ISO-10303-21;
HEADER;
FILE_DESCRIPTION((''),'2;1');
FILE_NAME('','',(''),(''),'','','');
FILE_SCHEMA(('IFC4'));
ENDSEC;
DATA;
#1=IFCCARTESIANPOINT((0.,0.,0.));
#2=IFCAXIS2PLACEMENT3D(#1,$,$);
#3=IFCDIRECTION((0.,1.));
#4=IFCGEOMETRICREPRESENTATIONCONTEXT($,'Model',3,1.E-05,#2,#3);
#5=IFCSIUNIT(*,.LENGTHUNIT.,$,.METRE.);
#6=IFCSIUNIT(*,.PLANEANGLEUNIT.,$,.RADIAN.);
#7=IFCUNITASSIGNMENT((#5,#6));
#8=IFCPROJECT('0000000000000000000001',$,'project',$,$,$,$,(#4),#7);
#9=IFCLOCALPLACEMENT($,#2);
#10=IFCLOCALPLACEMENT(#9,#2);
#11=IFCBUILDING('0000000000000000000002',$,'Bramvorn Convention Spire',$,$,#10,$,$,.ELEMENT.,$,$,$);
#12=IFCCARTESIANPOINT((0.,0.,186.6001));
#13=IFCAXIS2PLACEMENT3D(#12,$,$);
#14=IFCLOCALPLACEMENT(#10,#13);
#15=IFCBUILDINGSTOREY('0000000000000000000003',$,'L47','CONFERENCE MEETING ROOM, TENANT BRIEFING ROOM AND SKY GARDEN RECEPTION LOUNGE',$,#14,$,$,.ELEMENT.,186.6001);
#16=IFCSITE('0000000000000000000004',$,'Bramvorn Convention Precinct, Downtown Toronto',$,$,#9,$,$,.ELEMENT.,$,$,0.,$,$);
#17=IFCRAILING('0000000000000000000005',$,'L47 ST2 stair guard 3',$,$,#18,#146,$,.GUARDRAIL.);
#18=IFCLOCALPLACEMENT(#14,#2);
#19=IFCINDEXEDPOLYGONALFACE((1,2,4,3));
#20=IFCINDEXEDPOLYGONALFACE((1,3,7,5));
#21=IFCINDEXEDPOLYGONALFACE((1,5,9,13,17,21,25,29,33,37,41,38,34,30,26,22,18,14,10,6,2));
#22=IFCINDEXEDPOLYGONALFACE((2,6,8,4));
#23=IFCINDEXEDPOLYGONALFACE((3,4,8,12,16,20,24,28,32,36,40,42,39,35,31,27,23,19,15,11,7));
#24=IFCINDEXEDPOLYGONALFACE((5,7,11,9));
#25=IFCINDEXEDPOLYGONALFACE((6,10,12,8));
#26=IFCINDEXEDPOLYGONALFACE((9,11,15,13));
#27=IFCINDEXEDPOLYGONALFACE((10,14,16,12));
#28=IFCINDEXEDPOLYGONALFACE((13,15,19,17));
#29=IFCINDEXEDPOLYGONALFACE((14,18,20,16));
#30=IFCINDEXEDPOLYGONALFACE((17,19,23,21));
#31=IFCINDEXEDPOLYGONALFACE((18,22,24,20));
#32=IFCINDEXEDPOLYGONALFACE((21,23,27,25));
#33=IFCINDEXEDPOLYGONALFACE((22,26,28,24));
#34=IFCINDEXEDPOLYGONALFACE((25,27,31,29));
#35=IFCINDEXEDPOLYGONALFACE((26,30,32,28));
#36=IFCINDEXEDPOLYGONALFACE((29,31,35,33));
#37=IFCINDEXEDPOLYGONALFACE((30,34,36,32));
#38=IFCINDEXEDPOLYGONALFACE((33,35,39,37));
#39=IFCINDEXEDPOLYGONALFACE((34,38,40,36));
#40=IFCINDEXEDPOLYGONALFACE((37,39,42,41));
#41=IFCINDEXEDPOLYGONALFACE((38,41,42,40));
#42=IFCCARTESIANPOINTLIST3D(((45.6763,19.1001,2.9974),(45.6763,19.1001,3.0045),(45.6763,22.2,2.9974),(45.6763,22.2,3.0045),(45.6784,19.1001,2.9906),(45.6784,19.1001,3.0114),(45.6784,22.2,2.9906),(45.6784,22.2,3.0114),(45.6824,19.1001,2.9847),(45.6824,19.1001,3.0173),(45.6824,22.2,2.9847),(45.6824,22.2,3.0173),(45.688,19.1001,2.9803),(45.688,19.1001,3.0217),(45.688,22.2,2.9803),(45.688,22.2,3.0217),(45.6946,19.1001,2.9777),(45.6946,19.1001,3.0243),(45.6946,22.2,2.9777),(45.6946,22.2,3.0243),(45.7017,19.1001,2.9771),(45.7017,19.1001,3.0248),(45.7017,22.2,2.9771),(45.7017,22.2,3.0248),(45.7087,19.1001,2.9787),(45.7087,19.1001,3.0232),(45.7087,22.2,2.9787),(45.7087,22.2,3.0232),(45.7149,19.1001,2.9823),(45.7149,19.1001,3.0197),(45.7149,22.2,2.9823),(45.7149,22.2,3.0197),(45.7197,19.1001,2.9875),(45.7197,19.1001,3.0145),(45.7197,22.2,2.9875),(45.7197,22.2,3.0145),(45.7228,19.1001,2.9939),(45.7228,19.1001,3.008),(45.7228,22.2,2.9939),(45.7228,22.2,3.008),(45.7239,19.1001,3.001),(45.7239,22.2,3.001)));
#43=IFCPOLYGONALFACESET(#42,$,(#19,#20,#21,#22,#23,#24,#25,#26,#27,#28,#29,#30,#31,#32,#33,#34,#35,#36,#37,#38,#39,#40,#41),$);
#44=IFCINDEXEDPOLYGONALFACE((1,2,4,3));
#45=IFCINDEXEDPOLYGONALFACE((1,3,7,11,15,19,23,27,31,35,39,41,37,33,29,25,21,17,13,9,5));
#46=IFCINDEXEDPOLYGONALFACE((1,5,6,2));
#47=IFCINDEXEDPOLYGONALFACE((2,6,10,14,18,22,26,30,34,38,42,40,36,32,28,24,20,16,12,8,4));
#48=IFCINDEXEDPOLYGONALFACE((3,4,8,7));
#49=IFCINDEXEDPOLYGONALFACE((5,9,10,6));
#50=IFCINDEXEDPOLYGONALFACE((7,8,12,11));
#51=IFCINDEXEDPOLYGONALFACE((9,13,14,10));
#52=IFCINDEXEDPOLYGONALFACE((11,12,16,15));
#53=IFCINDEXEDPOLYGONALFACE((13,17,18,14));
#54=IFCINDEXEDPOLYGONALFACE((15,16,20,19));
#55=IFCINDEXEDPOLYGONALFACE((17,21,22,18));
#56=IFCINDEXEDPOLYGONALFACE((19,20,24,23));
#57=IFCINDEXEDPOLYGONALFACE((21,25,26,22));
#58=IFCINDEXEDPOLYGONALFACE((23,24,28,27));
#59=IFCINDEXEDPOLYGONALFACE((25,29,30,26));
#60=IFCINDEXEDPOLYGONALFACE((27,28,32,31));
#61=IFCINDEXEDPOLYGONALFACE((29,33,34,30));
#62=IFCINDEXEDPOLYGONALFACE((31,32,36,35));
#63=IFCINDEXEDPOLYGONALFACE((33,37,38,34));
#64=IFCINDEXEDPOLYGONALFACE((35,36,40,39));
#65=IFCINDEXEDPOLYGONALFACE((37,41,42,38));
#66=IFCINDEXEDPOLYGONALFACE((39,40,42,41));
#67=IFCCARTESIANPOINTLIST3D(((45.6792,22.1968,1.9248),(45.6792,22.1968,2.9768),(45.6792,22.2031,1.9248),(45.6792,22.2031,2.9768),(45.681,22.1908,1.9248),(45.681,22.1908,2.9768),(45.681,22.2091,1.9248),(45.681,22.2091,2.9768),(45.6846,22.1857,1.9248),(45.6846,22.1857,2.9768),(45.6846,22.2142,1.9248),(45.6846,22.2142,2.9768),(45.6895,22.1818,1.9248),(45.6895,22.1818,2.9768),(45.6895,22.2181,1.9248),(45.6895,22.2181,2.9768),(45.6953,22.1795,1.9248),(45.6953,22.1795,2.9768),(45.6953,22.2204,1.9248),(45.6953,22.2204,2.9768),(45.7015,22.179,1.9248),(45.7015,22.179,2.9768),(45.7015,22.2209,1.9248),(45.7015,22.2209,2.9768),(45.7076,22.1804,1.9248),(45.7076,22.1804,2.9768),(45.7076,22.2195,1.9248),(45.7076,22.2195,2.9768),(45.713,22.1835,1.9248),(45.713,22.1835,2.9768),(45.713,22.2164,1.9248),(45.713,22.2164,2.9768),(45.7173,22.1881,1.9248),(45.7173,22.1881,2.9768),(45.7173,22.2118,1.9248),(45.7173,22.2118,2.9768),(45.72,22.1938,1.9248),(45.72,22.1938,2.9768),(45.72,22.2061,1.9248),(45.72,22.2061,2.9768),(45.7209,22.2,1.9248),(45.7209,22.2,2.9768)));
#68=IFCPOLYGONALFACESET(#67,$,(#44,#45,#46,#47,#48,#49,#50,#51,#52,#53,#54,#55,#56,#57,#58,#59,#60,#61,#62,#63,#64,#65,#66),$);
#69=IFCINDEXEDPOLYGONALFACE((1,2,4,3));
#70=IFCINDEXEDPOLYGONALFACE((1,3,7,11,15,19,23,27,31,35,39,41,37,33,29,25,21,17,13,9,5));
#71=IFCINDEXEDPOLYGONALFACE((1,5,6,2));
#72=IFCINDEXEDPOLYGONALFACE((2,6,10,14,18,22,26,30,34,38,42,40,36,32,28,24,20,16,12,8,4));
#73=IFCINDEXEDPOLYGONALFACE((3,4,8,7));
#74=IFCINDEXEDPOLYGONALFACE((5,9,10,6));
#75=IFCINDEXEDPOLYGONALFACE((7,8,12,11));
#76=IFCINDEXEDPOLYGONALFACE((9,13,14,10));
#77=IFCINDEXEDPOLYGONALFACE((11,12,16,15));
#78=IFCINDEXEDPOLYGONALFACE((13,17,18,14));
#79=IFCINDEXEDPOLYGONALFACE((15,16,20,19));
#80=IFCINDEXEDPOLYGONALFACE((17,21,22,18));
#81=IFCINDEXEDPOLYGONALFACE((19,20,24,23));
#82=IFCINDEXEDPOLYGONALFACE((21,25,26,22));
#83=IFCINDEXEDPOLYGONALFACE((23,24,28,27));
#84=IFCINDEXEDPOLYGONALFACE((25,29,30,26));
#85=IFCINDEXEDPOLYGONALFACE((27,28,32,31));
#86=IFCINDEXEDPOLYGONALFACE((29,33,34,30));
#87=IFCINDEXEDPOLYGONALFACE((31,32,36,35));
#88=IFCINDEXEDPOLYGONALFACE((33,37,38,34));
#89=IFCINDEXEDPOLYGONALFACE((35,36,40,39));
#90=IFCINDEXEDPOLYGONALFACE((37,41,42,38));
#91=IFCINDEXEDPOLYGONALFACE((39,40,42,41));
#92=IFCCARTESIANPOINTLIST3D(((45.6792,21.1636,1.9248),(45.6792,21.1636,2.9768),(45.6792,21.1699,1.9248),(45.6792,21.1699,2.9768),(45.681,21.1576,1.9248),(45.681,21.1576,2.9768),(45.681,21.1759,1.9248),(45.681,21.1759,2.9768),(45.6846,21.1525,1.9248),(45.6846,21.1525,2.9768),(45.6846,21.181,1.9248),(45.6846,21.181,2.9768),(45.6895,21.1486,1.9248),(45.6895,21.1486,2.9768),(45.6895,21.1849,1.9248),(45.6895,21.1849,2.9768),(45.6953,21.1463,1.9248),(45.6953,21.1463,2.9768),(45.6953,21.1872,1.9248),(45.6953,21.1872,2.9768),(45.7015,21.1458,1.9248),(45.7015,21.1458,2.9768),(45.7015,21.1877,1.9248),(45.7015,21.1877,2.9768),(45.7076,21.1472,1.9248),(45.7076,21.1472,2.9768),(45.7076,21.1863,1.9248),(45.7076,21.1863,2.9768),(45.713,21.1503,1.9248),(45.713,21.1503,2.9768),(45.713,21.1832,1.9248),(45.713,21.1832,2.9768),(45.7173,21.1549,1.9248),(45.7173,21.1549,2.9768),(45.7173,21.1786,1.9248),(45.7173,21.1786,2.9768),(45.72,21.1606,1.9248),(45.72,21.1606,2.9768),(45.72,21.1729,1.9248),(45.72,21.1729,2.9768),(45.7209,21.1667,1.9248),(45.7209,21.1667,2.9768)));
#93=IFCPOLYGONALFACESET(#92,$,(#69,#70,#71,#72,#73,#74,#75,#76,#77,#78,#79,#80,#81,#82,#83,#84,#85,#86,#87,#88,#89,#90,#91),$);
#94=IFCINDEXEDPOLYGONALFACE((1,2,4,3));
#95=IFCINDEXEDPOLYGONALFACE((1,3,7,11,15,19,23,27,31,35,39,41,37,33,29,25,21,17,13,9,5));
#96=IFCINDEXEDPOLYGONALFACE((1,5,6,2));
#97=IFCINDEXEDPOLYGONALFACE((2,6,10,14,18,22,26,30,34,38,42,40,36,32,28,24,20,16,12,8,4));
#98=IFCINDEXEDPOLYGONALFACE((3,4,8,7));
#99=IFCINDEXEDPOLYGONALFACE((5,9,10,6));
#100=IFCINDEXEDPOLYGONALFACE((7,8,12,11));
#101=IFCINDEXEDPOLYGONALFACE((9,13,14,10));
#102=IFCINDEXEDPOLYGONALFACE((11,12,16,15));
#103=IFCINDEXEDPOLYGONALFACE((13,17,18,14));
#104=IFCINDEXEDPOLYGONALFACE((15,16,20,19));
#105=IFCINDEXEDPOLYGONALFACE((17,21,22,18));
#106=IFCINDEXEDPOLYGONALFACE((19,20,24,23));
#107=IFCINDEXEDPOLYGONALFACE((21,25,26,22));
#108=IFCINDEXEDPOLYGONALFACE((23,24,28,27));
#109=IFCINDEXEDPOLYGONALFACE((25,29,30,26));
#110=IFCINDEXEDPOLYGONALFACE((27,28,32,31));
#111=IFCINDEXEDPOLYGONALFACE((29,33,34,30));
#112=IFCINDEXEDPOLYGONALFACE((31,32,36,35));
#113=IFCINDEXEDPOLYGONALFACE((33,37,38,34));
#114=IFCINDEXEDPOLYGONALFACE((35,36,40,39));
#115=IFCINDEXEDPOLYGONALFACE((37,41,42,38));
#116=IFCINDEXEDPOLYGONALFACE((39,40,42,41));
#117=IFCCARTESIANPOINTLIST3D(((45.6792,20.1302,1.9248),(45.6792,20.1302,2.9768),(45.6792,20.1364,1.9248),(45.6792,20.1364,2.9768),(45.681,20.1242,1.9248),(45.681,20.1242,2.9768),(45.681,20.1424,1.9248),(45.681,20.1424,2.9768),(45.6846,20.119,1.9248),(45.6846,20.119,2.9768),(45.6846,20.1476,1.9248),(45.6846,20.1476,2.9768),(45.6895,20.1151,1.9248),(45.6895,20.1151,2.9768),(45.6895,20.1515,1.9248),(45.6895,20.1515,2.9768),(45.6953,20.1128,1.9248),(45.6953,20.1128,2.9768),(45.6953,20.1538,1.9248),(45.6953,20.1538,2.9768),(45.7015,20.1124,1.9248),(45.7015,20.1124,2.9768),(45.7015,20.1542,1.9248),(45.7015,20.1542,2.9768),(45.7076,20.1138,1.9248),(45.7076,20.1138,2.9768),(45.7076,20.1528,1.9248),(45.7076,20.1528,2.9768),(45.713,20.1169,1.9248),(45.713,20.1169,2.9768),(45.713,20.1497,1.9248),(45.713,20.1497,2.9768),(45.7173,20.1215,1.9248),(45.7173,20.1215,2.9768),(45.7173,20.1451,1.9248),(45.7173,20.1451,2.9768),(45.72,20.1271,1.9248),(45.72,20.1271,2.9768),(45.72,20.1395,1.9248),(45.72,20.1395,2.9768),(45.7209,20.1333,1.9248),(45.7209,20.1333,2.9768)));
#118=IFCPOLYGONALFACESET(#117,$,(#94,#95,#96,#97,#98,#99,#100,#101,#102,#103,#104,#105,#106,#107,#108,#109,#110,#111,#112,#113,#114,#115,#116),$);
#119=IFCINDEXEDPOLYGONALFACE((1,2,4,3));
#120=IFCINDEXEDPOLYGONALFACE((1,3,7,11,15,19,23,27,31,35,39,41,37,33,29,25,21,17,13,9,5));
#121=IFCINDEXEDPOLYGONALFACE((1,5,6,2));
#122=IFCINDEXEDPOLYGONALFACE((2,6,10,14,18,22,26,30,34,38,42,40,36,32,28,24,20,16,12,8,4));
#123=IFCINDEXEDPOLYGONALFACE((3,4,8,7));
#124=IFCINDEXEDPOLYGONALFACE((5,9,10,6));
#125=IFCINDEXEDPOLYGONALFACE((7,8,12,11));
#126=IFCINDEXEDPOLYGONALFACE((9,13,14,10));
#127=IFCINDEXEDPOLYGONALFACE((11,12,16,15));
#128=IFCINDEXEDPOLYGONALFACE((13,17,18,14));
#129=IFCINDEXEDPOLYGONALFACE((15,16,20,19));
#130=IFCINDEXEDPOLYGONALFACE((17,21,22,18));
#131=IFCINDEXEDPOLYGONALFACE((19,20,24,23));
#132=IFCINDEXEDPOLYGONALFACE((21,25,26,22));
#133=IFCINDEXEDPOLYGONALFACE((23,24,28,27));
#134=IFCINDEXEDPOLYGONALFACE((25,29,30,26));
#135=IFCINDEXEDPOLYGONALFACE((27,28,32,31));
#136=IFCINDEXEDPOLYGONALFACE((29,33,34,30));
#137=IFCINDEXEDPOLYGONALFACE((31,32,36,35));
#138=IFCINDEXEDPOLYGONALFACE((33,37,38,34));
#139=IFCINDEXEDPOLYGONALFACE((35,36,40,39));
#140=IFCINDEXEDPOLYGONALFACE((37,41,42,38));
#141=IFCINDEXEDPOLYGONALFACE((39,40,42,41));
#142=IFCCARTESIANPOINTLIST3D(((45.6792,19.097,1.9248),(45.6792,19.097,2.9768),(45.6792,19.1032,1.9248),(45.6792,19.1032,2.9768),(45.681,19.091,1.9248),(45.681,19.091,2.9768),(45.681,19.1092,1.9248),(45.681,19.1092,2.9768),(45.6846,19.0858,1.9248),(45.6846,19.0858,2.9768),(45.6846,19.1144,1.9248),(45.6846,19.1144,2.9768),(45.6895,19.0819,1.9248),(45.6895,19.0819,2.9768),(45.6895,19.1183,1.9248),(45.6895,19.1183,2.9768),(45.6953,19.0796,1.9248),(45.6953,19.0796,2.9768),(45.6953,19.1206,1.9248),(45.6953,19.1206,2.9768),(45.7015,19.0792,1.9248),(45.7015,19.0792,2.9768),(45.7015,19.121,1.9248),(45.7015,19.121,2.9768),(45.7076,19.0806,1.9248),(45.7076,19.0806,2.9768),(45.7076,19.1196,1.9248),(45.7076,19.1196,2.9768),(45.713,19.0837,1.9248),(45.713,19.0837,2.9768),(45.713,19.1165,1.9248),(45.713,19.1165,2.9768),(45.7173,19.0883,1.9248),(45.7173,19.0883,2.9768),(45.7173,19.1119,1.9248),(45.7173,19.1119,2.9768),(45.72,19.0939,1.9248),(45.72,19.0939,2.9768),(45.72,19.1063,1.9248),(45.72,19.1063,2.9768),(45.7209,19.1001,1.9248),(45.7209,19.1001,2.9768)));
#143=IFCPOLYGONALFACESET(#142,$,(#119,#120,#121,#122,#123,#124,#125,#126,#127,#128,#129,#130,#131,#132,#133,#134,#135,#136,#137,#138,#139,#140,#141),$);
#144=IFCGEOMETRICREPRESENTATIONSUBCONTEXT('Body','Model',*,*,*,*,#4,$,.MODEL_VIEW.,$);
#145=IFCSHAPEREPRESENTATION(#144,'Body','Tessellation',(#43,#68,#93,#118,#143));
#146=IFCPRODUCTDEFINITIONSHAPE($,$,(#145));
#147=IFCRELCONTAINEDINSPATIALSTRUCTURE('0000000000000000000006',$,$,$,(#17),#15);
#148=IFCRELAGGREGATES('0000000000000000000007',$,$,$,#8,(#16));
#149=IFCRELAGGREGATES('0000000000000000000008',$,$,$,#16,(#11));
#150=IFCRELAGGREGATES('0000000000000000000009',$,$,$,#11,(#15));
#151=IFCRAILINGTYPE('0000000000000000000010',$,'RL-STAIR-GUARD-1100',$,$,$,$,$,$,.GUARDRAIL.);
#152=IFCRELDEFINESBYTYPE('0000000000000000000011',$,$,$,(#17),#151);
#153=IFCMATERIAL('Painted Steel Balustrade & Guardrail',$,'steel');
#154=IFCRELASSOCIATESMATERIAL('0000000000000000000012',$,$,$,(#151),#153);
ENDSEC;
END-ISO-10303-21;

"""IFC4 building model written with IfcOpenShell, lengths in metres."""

from ifc_helpers import new_model, si_unit, direction, frame, origin, origin_2d, place, context, subcontext, project, spatial, circle, extrude, material, type_object, element, save


model = new_model("IFC4")

# Units and contexts
model_context = context("Model", 3, precision=1e-05, world=origin(), true_north=direction((0.0, 1.0)))
body_context = subcontext(model_context, "Body", "Model", "MODEL_VIEW")
ifc_project = project(units=[si_unit("LENGTHUNIT", "METRE"), si_unit("PLANEANGLEUNIT", "RADIAN")], contexts=[model_context])

# Site, building, storey
site_placement = place(None, origin())
site = spatial("IfcSite", under=ifc_project, at=site_placement, Name="Bramvorn Convention Precinct, Downtown Toronto", CompositionType="ELEMENT", RefElevation=0.0)
building_placement = place(site_placement, origin())
building = spatial("IfcBuilding", under=site, at=building_placement, Name="Bramvorn Convention Spire", CompositionType="ELEMENT")
storey_placement = place(building_placement, frame((0.0, 0.0, 186.6001)))
storey = spatial("IfcBuildingStorey", under=building, at=storey_placement, Name="L47", Description="CONFERENCE MEETING ROOM, TENANT BRIEFING ROOM AND SKY GARDEN RECEPTION LOUNGE", CompositionType="ELEMENT", Elevation=186.6001)

# Railing
ifc_material_1 = material(Name="Painted Steel Balustrade & Guardrail", Category="steel")
railing_type_1 = type_object("IfcRailingType", Name="RL-STAIR-GUARD-1100", PredefinedType="GUARDRAIL", material=ifc_material_1)
railing_1_placement = place(storey_placement, frame((45.7, 22.2, 1.9248)))
element("IfcRailing", 1, at=railing_1_placement, inside=storey, type_object=railing_type_1, Name="L47 ST2 stair guard 3", PredefinedType="GUARDRAIL", context=body_context, shape_type="SweptSolid", body=[
    extrude(circle(Radius=0.0239, at=origin_2d()), frame((0.0, 0.0, 1.0762), z_axis=(0.0, -1.0, 0.0), x_axis=(1.0, 0.0, 0.0)), (0.0, 0.0, 1.0), 3.0999),
    extrude(circle(Radius=0.021, at=origin_2d()), origin(), (0.0, 0.0, 1.0), 1.052),
    extrude(circle(Radius=0.021, at=origin_2d()), frame((0.0, -1.0332, 0.0)), (0.0, 0.0, 1.0), 1.052),
    extrude(circle(Radius=0.021, at=origin_2d()), frame((0.0, -2.0667, 0.0)), (0.0, 0.0, 1.0), 1.052),
    extrude(circle(Radius=0.021, at=origin_2d()), frame((0.0, -3.0999, 0.0)), (0.0, 0.0, 1.0), 1.052),
])

save(model, "model.ifc")
